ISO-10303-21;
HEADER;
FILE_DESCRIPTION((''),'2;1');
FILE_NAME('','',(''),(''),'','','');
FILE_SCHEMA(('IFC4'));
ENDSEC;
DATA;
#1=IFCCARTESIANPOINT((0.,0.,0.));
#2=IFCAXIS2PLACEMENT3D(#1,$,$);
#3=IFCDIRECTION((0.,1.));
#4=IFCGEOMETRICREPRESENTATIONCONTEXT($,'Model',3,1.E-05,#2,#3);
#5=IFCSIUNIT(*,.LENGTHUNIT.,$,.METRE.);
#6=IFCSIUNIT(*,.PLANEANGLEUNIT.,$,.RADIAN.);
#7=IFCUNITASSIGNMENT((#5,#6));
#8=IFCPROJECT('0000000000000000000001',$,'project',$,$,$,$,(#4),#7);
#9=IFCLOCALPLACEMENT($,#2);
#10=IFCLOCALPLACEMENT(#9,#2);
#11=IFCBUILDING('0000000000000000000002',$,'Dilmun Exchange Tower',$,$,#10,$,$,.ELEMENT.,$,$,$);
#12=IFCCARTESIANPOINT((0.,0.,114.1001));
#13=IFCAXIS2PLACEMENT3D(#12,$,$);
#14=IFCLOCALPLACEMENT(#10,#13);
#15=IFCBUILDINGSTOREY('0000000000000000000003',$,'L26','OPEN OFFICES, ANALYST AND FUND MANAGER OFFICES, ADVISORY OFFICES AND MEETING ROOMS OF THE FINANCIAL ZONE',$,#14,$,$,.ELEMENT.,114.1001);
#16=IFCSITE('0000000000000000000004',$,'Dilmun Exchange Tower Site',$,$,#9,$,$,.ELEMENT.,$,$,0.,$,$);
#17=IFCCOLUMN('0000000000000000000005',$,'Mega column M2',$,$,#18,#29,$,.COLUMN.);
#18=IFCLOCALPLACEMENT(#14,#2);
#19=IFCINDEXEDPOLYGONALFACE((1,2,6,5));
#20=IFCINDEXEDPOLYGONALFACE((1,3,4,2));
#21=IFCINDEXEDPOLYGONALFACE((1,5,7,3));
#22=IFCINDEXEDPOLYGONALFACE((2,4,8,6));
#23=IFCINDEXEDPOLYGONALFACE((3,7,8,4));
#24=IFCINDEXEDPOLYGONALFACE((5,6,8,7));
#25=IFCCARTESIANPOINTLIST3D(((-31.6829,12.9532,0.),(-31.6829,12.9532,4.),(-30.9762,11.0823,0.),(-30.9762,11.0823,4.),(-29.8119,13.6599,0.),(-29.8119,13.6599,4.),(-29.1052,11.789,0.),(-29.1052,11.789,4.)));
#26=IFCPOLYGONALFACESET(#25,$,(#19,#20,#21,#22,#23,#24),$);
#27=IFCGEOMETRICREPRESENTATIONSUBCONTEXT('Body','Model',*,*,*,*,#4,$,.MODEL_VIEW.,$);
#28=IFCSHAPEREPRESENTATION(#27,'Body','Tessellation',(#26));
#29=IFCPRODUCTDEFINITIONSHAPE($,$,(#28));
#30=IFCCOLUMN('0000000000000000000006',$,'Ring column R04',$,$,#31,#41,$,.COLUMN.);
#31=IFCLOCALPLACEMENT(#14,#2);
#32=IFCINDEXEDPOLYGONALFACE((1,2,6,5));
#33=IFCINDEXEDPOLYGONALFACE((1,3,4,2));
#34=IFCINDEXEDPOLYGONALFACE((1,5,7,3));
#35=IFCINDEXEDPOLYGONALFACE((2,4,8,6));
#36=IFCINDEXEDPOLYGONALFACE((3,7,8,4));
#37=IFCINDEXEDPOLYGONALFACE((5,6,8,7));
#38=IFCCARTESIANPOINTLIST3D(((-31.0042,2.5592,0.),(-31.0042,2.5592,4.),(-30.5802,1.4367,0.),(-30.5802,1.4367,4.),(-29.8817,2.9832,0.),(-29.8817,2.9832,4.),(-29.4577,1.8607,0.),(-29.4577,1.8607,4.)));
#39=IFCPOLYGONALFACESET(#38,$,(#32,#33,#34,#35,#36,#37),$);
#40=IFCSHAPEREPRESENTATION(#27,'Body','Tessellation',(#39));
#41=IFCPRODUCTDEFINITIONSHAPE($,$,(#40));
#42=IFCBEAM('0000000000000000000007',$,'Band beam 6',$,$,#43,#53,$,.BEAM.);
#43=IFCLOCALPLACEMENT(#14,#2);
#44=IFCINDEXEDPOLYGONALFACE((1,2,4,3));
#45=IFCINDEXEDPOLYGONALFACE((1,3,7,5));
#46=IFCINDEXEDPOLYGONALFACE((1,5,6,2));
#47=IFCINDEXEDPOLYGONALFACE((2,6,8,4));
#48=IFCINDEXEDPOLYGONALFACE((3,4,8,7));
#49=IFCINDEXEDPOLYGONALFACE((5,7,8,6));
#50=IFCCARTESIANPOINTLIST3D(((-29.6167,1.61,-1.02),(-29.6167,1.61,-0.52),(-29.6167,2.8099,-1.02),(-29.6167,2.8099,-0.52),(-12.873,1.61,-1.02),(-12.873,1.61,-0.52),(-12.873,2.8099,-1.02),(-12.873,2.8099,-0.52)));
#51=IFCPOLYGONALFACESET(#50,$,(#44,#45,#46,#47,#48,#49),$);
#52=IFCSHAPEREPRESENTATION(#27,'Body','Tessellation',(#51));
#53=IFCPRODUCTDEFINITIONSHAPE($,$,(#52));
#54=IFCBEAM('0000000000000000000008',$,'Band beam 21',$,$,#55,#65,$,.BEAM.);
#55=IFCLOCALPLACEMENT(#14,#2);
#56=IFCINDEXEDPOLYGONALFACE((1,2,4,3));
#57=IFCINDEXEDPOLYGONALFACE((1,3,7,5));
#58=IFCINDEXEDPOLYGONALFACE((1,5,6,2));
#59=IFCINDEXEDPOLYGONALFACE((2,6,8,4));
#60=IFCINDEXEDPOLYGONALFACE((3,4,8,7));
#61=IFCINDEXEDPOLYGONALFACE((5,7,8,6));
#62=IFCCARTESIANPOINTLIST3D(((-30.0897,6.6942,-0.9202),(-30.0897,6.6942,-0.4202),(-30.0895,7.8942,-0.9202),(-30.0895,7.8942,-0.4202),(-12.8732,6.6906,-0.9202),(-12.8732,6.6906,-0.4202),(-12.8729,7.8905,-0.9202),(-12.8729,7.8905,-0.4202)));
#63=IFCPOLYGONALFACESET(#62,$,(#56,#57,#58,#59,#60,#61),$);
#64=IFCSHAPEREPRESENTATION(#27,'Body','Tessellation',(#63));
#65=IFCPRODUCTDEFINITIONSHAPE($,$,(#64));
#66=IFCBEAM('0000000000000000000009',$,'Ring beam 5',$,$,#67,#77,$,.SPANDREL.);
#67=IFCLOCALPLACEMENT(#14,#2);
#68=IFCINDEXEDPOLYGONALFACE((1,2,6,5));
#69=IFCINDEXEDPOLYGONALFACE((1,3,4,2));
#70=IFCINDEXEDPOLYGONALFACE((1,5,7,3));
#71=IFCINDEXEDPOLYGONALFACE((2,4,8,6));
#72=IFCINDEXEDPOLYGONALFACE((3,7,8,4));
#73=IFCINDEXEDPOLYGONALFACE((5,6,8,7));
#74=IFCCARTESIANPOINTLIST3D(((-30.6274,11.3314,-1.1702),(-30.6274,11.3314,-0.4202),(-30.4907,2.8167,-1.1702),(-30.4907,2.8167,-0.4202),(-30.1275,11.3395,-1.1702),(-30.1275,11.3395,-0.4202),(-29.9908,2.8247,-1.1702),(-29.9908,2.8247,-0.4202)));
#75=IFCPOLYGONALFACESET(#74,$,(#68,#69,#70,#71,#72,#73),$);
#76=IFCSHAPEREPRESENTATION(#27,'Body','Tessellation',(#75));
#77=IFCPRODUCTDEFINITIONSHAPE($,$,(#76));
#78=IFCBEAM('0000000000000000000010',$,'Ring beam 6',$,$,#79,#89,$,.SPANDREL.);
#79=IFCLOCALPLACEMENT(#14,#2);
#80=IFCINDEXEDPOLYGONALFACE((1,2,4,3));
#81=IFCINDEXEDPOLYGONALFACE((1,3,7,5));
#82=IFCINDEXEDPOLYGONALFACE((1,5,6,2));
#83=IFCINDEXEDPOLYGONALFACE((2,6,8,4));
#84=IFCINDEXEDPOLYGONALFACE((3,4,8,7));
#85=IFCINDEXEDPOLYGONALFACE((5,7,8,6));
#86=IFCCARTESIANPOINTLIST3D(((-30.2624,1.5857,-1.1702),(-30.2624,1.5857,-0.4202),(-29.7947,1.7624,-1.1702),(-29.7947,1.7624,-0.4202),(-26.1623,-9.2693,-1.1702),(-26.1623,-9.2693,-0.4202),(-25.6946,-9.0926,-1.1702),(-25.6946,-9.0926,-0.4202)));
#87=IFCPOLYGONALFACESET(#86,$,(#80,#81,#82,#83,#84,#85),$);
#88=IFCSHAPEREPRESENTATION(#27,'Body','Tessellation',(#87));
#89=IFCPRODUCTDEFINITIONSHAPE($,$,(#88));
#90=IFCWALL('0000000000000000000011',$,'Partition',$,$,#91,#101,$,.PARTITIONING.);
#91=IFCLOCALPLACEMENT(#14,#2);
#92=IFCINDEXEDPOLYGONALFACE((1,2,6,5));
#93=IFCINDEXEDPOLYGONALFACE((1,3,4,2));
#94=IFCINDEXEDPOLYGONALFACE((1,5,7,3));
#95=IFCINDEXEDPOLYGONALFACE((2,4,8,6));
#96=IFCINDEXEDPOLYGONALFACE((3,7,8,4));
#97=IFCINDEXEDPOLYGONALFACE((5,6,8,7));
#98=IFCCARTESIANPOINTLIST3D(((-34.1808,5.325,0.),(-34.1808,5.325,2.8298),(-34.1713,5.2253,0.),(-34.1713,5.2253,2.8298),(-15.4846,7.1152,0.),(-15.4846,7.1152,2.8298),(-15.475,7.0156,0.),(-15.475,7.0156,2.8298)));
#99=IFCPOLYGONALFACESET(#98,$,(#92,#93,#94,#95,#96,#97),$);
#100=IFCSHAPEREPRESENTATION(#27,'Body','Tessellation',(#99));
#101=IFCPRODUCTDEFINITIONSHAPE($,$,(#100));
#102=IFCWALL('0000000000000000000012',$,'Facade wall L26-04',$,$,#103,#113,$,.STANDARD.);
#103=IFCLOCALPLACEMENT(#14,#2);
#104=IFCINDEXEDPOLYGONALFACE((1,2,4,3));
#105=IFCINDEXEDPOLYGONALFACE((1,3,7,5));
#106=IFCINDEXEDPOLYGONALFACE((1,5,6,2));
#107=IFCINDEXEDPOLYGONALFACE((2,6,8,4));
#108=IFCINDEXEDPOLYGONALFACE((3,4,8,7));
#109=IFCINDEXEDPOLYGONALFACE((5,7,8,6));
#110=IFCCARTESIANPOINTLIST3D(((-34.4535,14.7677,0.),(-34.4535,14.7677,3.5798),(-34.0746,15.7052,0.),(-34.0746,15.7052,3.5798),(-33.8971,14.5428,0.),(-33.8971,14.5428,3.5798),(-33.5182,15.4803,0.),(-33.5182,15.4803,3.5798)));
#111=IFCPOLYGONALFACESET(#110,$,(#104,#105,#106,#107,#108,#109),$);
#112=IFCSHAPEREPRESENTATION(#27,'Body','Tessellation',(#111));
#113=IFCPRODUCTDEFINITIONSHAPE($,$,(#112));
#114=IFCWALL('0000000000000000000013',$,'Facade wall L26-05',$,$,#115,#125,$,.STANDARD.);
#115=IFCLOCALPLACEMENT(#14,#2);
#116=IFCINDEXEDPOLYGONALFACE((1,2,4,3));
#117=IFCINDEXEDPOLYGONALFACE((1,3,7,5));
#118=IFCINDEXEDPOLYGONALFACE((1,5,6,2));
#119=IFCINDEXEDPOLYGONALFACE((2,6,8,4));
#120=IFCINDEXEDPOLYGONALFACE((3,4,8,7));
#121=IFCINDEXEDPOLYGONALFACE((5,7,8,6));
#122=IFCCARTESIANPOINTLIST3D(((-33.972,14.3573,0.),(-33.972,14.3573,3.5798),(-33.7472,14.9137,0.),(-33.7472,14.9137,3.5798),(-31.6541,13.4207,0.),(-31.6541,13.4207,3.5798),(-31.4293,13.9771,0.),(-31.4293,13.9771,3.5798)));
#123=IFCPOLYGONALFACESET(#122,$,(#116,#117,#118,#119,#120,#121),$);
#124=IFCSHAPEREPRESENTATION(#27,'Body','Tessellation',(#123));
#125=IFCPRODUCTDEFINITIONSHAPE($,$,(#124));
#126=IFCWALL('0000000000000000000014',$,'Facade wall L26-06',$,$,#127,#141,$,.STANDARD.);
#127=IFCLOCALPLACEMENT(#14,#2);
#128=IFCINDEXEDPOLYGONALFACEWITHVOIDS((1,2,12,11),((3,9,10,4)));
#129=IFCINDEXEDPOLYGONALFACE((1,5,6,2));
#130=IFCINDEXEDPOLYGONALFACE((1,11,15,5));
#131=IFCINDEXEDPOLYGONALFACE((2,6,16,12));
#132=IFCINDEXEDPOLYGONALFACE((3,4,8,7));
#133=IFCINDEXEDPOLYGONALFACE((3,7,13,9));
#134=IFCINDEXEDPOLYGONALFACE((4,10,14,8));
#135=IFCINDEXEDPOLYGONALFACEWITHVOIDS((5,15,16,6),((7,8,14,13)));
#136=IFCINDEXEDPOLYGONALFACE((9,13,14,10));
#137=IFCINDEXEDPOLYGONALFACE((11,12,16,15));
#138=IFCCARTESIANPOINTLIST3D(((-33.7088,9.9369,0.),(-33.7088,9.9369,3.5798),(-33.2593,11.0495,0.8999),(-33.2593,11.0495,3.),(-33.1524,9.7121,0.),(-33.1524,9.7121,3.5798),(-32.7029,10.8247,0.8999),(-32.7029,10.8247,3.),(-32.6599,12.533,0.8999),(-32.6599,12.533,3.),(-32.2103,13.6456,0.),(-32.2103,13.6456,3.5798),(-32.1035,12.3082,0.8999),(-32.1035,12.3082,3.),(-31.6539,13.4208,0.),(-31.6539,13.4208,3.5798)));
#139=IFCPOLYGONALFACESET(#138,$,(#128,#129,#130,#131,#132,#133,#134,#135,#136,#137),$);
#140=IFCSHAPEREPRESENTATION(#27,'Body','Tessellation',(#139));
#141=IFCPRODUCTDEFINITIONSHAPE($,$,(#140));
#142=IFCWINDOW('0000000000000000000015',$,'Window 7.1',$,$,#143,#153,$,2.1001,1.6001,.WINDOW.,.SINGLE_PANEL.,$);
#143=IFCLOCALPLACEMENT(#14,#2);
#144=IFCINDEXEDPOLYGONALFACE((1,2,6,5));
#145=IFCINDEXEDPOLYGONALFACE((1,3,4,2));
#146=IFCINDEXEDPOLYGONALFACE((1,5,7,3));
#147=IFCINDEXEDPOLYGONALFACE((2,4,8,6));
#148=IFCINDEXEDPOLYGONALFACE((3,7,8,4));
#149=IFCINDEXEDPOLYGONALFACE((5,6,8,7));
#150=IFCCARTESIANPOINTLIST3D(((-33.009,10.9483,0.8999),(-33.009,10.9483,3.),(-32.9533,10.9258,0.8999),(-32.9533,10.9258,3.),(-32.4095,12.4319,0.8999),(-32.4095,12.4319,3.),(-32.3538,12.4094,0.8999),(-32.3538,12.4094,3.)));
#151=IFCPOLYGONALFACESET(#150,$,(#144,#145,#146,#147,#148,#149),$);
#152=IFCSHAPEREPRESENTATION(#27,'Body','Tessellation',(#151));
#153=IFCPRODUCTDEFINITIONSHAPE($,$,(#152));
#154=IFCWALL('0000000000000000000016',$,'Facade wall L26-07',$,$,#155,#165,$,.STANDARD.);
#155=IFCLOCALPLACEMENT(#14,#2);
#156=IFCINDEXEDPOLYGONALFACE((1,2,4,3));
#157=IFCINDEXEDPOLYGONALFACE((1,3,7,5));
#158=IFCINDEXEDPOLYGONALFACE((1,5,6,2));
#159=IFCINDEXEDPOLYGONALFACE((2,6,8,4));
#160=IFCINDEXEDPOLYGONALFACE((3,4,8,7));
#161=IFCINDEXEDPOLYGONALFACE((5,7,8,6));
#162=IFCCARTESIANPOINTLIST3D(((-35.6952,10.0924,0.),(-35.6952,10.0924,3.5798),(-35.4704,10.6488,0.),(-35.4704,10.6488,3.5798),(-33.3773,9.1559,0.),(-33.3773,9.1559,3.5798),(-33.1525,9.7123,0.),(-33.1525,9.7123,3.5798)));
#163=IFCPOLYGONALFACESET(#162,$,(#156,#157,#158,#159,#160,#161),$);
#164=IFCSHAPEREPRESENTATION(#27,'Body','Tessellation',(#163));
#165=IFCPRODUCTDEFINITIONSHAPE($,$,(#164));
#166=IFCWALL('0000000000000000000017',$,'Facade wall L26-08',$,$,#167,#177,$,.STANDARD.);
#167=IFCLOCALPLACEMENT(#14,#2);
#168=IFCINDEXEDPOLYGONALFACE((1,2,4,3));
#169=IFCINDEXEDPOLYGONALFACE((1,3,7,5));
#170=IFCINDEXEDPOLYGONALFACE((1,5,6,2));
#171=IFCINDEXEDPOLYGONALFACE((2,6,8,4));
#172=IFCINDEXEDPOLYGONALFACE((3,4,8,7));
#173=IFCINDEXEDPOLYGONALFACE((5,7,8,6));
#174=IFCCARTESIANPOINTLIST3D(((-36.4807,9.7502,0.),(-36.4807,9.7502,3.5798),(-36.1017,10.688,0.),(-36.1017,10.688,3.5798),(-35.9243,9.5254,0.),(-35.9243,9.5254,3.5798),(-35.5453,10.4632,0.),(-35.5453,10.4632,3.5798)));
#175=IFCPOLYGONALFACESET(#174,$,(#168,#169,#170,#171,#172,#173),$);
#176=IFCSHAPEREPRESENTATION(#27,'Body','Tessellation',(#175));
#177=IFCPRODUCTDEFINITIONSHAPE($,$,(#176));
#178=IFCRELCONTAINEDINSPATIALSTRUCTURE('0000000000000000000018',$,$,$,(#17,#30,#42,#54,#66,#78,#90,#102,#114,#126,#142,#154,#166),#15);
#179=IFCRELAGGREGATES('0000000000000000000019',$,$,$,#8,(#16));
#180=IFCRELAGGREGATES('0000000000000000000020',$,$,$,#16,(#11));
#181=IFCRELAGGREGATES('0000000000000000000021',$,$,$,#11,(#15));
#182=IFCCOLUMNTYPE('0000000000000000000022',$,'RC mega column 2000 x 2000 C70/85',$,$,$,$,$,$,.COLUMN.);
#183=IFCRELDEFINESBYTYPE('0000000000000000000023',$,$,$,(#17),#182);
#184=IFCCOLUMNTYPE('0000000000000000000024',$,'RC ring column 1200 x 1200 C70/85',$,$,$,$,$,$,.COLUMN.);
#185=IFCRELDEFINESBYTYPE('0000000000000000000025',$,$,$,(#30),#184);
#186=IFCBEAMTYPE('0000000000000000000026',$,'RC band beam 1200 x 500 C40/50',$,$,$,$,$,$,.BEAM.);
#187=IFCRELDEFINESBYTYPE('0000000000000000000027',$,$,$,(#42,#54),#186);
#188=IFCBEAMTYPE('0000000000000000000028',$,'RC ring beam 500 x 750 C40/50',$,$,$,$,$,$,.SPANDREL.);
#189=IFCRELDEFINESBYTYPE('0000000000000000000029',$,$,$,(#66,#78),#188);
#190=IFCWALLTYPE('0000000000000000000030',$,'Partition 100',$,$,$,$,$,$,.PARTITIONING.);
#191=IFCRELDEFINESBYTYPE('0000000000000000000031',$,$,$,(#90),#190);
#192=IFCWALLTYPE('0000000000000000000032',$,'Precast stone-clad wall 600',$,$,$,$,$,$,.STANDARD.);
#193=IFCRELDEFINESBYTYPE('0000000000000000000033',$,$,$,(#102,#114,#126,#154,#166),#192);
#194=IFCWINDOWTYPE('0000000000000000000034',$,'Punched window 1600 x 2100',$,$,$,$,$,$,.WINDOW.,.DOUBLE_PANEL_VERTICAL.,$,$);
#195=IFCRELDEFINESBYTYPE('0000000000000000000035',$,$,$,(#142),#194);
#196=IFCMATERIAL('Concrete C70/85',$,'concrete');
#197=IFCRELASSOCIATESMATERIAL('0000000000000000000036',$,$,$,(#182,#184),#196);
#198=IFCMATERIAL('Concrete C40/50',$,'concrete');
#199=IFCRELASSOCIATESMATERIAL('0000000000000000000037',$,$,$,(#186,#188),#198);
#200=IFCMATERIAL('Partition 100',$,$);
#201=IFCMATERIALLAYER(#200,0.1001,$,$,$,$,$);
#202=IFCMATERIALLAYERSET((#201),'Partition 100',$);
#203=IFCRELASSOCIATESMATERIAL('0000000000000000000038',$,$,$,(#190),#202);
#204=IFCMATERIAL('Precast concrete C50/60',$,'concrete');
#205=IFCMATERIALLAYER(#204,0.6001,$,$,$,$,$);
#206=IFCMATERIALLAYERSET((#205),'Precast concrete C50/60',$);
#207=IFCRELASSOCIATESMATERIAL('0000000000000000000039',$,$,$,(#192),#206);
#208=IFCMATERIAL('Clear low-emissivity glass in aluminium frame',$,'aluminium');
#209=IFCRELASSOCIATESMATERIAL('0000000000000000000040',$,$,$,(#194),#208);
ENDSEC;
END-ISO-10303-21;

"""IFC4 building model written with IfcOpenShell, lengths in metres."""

from ifc_helpers import new_model, si_unit, direction, frame, frame_2d, origin, origin_2d, place, context, subcontext, project, spatial, rectangle, extrude, material, layer, layer_set, material_profile, profile_set, type_object, element, fill, save


model = new_model("IFC4")

# Units and contexts
model_context = context("Model", 3, precision=1e-05, world=origin(), true_north=direction((0.0, 1.0)))
body_context = subcontext(model_context, "Body", "Model", "MODEL_VIEW")
ifc_project = project(units=[si_unit("LENGTHUNIT", "METRE"), si_unit("PLANEANGLEUNIT", "RADIAN")], contexts=[model_context])

# Site, building, storey
site_placement = place(None, origin())
site = spatial("IfcSite", under=ifc_project, at=site_placement, Name="Dilmun Exchange Tower Site", CompositionType="ELEMENT", RefElevation=0.0)
building_placement = place(site_placement, origin())
building = spatial("IfcBuilding", under=site, at=building_placement, Name="Dilmun Exchange Tower", CompositionType="ELEMENT")
storey_placement = place(building_placement, frame((0.0, 0.0, 114.1001)))
storey = spatial("IfcBuildingStorey", under=building, at=storey_placement, Name="L26", Description="OPEN OFFICES, ANALYST AND FUND MANAGER OFFICES, ADVISORY OFFICES AND MEETING ROOMS OF THE FINANCIAL ZONE", CompositionType="ELEMENT", Elevation=114.1001)

# Columns
ifc_material_1 = material(Name="Concrete C70/85", Category="concrete")
ifc_material_profile_1 = material_profile(ifc_material_1, rectangle(XDim=2.0, YDim=2.0, at=origin_2d()), Name="2000 x 2000")
ifc_profile_set_1 = profile_set([ifc_material_profile_1], Name="Concrete C70/85")
column_type_1 = type_object("IfcColumnType", Name="RC mega column 2000 x 2000 C70/85", PredefinedType="COLUMN", material=ifc_profile_set_1)
column_1_placement = place(storey_placement, frame((-30.394, 12.3711, 0.0), z_axis=(0.0, 0.0, 1.0), x_axis=(0.935492, 0.353349, 0.0)))
element("IfcColumn", 1, at=column_1_placement, inside=storey, type_object=column_type_1, Name="Mega column M2", PredefinedType="COLUMN", context=body_context, shape_type="SweptSolid", body=[
    extrude(rectangle(XDim=2.0, YDim=2.0, at=origin_2d()), origin(), (0.0, 0.0, 1.0), 4.0),
])
ifc_material_profile_2 = material_profile(ifc_material_1, rectangle(XDim=1.2, YDim=1.2, at=origin_2d()), Name="1200 x 1200")
ifc_profile_set_2 = profile_set([ifc_material_profile_2], Name="Concrete C70/85")
column_type_2 = type_object("IfcColumnType", Name="RC ring column 1200 x 1200 C70/85", PredefinedType="COLUMN", material=ifc_profile_set_2)
column_2_placement = place(storey_placement, frame((-30.231, 2.21, 0.0), z_axis=(0.0, 0.0, 1.0), x_axis=(0.935492, 0.353349, 0.0)))
element("IfcColumn", 2, at=column_2_placement, inside=storey, type_object=column_type_2, Name="Ring column R04", PredefinedType="COLUMN", context=body_context, shape_type="SweptSolid", body=[
    extrude(rectangle(XDim=1.2, YDim=1.2, at=origin_2d()), origin(), (0.0, 0.0, 1.0), 4.0),
])

# Beams
ifc_material_2 = material(Name="Concrete C40/50", Category="concrete")
ifc_material_profile_3 = material_profile(ifc_material_2, rectangle(XDim=1.2, YDim=0.5, at=origin_2d()), Name="1200 x 500")
ifc_profile_set_3 = profile_set([ifc_material_profile_3], Name="Concrete C40/50")
beam_type_1 = type_object("IfcBeamType", Name="RC band beam 1200 x 500 C40/50", PredefinedType="BEAM", material=ifc_profile_set_3)
beam_1_placement = place(storey_placement, frame((-29.6167, 2.21, -0.77), z_axis=(1.0, 0.0, 0.0), x_axis=(0.0, 1.0, 0.0)))
element("IfcBeam", 3, at=beam_1_placement, inside=storey, type_object=beam_type_1, Name="Band beam 6", PredefinedType="BEAM", context=body_context, shape_type="SweptSolid", body=[
    extrude(rectangle(XDim=1.2, YDim=0.5, at=origin_2d()), origin(), (0.0, 0.0, 1.0), 16.7437),
])
beam_2_placement = place(storey_placement, frame((-30.0896, 7.2942, -0.6702), z_axis=(1.0, -0.000213, 0.0), x_axis=(0.000213, 1.0, 0.0)))
element("IfcBeam", 4, at=beam_2_placement, inside=storey, type_object=beam_type_1, Name="Band beam 21", PredefinedType="BEAM", context=body_context, shape_type="SweptSolid", body=[
    extrude(rectangle(XDim=1.2, YDim=0.5, at=origin_2d()), origin(), (0.0, 0.0, 1.0), 17.2166),
])
ifc_material_profile_4 = material_profile(ifc_material_2, rectangle(XDim=0.5, YDim=0.75, at=origin_2d()), Name="500 x 750")
ifc_profile_set_4 = profile_set([ifc_material_profile_4], Name="Concrete C40/50")
beam_type_2 = type_object("IfcBeamType", Name="RC ring beam 500 x 750 C40/50", PredefinedType="SPANDREL", material=ifc_profile_set_4)
beam_3_placement = place(storey_placement, frame((-30.3774, 11.3354, -0.7952), z_axis=(0.016054, -0.999871, 0.0), x_axis=(0.999871, 0.016054, 0.0)))
element("IfcBeam", 5, at=beam_3_placement, inside=storey, type_object=beam_type_2, Name="Ring beam 5", PredefinedType="SPANDREL", context=body_context, shape_type="SweptSolid", body=[
    extrude(rectangle(XDim=0.5, YDim=0.75, at=origin_2d()), origin(), (0.0, 0.0, 1.0), 8.5159),
])
beam_4_placement = place(storey_placement, frame((-30.0286, 1.6741, -0.7952), z_axis=(0.35335, -0.935491, 0.0), x_axis=(0.935491, 0.35335, 0.0)))
element("IfcBeam", 6, at=beam_4_placement, inside=storey, type_object=beam_type_2, Name="Ring beam 6", PredefinedType="SPANDREL", context=body_context, shape_type="SweptSolid", body=[
    extrude(rectangle(XDim=0.5, YDim=0.75, at=origin_2d()), origin(), (0.0, 0.0, 1.0), 11.6035),
])

# Walls
ifc_material_3 = material(Name="Partition 100")
ifc_layer_1 = layer(ifc_material_3, 0.1001)
ifc_layer_set_1 = layer_set([ifc_layer_1], Name="Partition 100")
wall_type_1 = type_object("IfcWallType", Name="Partition 100", PredefinedType="PARTITIONING", material=ifc_layer_set_1)
wall_1_placement = place(storey_placement, frame((-34.176, 5.2751, 0.0), z_axis=(0.0, 0.0, 1.0), x_axis=(0.995447, 0.09532, 0.0)))
element("IfcWall", 7, at=wall_1_placement, inside=storey, type_object=wall_type_1, Name="Partition", PredefinedType="PARTITIONING", context=body_context, shape_type="SweptSolid", body=[
    extrude(rectangle(XDim=18.7817, YDim=0.1001, at=frame_2d((9.3909, 0.0))), origin(), (0.0, 0.0, 1.0), 2.8298),
])
ifc_material_4 = material(Name="Precast concrete C50/60", Category="concrete")
ifc_layer_2 = layer(ifc_material_4, 0.6001)
ifc_layer_set_2 = layer_set([ifc_layer_2], Name="Precast concrete C50/60")
wall_type_2 = type_object("IfcWallType", Name="Precast stone-clad wall 600", PredefinedType="STANDARD", material=ifc_layer_set_2)
wall_2_placement = place(storey_placement, frame((-33.7964, 15.5928, 0.0), z_axis=(0.0, 0.0, 1.0), x_axis=(-0.374719, -0.927139, 0.0)))
element("IfcWall", 8, at=wall_2_placement, inside=storey, type_object=wall_type_2, Name="Facade wall L26-04", PredefinedType="STANDARD", context=body_context, shape_type="SweptSolid", body=[
    extrude(rectangle(XDim=1.0112, YDim=0.6001, at=frame_2d((0.5056, 0.0))), origin(), (0.0, 0.0, 1.0), 3.5798),
])
wall_3_placement = place(storey_placement, frame((-33.8596, 14.6355, 0.0), z_axis=(0.0, 0.0, 1.0), x_axis=(0.927178, -0.374621, 0.0)))
element("IfcWall", 9, at=wall_3_placement, inside=storey, type_object=wall_type_2, Name="Facade wall L26-05", PredefinedType="STANDARD", context=body_context, shape_type="SweptSolid", body=[
    extrude(rectangle(XDim=2.5, YDim=0.6001, at=frame_2d((1.25, 0.0))), origin(), (0.0, 0.0, 1.0), 3.5798),
])

# Wall, opening, window
wall_4_placement = place(storey_placement, frame((-31.9321, 13.5332, 0.0), z_axis=(0.0, 0.0, 1.0), x_axis=(-0.37463, -0.927175, 0.0)))
wall_4 = element("IfcWall", 10, at=wall_4_placement, inside=storey, type_object=wall_type_2, Name="Facade wall L26-06", PredefinedType="STANDARD", context=body_context, shape_type="SweptSolid", body=[
    extrude(rectangle(XDim=4.0, YDim=0.6001, at=frame_2d((2.0, 0.0))), origin(), (0.0, 0.0, 1.0), 3.5798),
])
opening_1_placement = place(wall_4_placement, frame((1.2, 0.0, 0.8999)))
opening_1 = element("IfcOpeningElement", 11, at=opening_1_placement, cuts=wall_4, PredefinedType="OPENING", context=body_context, shape_type="SweptSolid", body=[
    extrude(rectangle(XDim=1.6001, YDim=2.1001, at=frame_2d((0.8, 1.05))), frame((0.0, 0.3101, 0.0), z_axis=(0.0, -1.0, 0.0), x_axis=(1.0, 0.0, 0.0)), (0.0, 0.0, 1.0), 0.6201),
])
ifc_material_5 = material(Name="Clear low-emissivity glass in aluminium frame", Category="aluminium")
window_type_1 = type_object("IfcWindowType", Name="Punched window 1600 x 2100", PartitioningType="DOUBLE_PANEL_VERTICAL", PredefinedType="WINDOW", material=ifc_material_5)
window_1_placement = place(opening_1_placement, origin())
window_1 = element("IfcWindow", 12, at=window_1_placement, inside=storey, type_object=window_type_1, Name="Window 7.1", OverallHeight=2.1001, OverallWidth=1.6001, PartitioningType="SINGLE_PANEL", PredefinedType="WINDOW", context=body_context, shape_type="SweptSolid", body=[
    extrude(rectangle(XDim=1.6001, YDim=2.1001, at=frame_2d((0.8, 1.05))), frame((0.0, 0.03, 0.0), z_axis=(0.0, -1.0, 0.0), x_axis=(1.0, 0.0, 0.0)), (0.0, 0.0, 1.0), 0.0601),
])
fill(opening_1, window_1)

# Walls
wall_5_placement = place(storey_placement, frame((-33.2649, 9.4341, 0.0), z_axis=(0.0, 0.0, 1.0), x_axis=(-0.927178, 0.374621, 0.0)))
element("IfcWall", 13, at=wall_5_placement, inside=storey, type_object=wall_type_2, Name="Facade wall L26-07", PredefinedType="STANDARD", context=body_context, shape_type="SweptSolid", body=[
    extrude(rectangle(XDim=2.5, YDim=0.6001, at=frame_2d((1.25, 0.0))), origin(), (0.0, 0.0, 1.0), 3.5798),
])
wall_6_placement = place(storey_placement, frame((-35.8235, 10.5757, 0.0), z_axis=(0.0, 0.0, 1.0), x_axis=(-0.374635, -0.927173, 0.0)))
element("IfcWall", 14, at=wall_6_placement, inside=storey, type_object=wall_type_2, Name="Facade wall L26-08", PredefinedType="STANDARD", context=body_context, shape_type="SweptSolid", body=[
    extrude(rectangle(XDim=1.0115, YDim=0.6001, at=frame_2d((0.5059, 0.0))), origin(), (0.0, 0.0, 1.0), 3.5798),
])

save(model, "model.ifc")
